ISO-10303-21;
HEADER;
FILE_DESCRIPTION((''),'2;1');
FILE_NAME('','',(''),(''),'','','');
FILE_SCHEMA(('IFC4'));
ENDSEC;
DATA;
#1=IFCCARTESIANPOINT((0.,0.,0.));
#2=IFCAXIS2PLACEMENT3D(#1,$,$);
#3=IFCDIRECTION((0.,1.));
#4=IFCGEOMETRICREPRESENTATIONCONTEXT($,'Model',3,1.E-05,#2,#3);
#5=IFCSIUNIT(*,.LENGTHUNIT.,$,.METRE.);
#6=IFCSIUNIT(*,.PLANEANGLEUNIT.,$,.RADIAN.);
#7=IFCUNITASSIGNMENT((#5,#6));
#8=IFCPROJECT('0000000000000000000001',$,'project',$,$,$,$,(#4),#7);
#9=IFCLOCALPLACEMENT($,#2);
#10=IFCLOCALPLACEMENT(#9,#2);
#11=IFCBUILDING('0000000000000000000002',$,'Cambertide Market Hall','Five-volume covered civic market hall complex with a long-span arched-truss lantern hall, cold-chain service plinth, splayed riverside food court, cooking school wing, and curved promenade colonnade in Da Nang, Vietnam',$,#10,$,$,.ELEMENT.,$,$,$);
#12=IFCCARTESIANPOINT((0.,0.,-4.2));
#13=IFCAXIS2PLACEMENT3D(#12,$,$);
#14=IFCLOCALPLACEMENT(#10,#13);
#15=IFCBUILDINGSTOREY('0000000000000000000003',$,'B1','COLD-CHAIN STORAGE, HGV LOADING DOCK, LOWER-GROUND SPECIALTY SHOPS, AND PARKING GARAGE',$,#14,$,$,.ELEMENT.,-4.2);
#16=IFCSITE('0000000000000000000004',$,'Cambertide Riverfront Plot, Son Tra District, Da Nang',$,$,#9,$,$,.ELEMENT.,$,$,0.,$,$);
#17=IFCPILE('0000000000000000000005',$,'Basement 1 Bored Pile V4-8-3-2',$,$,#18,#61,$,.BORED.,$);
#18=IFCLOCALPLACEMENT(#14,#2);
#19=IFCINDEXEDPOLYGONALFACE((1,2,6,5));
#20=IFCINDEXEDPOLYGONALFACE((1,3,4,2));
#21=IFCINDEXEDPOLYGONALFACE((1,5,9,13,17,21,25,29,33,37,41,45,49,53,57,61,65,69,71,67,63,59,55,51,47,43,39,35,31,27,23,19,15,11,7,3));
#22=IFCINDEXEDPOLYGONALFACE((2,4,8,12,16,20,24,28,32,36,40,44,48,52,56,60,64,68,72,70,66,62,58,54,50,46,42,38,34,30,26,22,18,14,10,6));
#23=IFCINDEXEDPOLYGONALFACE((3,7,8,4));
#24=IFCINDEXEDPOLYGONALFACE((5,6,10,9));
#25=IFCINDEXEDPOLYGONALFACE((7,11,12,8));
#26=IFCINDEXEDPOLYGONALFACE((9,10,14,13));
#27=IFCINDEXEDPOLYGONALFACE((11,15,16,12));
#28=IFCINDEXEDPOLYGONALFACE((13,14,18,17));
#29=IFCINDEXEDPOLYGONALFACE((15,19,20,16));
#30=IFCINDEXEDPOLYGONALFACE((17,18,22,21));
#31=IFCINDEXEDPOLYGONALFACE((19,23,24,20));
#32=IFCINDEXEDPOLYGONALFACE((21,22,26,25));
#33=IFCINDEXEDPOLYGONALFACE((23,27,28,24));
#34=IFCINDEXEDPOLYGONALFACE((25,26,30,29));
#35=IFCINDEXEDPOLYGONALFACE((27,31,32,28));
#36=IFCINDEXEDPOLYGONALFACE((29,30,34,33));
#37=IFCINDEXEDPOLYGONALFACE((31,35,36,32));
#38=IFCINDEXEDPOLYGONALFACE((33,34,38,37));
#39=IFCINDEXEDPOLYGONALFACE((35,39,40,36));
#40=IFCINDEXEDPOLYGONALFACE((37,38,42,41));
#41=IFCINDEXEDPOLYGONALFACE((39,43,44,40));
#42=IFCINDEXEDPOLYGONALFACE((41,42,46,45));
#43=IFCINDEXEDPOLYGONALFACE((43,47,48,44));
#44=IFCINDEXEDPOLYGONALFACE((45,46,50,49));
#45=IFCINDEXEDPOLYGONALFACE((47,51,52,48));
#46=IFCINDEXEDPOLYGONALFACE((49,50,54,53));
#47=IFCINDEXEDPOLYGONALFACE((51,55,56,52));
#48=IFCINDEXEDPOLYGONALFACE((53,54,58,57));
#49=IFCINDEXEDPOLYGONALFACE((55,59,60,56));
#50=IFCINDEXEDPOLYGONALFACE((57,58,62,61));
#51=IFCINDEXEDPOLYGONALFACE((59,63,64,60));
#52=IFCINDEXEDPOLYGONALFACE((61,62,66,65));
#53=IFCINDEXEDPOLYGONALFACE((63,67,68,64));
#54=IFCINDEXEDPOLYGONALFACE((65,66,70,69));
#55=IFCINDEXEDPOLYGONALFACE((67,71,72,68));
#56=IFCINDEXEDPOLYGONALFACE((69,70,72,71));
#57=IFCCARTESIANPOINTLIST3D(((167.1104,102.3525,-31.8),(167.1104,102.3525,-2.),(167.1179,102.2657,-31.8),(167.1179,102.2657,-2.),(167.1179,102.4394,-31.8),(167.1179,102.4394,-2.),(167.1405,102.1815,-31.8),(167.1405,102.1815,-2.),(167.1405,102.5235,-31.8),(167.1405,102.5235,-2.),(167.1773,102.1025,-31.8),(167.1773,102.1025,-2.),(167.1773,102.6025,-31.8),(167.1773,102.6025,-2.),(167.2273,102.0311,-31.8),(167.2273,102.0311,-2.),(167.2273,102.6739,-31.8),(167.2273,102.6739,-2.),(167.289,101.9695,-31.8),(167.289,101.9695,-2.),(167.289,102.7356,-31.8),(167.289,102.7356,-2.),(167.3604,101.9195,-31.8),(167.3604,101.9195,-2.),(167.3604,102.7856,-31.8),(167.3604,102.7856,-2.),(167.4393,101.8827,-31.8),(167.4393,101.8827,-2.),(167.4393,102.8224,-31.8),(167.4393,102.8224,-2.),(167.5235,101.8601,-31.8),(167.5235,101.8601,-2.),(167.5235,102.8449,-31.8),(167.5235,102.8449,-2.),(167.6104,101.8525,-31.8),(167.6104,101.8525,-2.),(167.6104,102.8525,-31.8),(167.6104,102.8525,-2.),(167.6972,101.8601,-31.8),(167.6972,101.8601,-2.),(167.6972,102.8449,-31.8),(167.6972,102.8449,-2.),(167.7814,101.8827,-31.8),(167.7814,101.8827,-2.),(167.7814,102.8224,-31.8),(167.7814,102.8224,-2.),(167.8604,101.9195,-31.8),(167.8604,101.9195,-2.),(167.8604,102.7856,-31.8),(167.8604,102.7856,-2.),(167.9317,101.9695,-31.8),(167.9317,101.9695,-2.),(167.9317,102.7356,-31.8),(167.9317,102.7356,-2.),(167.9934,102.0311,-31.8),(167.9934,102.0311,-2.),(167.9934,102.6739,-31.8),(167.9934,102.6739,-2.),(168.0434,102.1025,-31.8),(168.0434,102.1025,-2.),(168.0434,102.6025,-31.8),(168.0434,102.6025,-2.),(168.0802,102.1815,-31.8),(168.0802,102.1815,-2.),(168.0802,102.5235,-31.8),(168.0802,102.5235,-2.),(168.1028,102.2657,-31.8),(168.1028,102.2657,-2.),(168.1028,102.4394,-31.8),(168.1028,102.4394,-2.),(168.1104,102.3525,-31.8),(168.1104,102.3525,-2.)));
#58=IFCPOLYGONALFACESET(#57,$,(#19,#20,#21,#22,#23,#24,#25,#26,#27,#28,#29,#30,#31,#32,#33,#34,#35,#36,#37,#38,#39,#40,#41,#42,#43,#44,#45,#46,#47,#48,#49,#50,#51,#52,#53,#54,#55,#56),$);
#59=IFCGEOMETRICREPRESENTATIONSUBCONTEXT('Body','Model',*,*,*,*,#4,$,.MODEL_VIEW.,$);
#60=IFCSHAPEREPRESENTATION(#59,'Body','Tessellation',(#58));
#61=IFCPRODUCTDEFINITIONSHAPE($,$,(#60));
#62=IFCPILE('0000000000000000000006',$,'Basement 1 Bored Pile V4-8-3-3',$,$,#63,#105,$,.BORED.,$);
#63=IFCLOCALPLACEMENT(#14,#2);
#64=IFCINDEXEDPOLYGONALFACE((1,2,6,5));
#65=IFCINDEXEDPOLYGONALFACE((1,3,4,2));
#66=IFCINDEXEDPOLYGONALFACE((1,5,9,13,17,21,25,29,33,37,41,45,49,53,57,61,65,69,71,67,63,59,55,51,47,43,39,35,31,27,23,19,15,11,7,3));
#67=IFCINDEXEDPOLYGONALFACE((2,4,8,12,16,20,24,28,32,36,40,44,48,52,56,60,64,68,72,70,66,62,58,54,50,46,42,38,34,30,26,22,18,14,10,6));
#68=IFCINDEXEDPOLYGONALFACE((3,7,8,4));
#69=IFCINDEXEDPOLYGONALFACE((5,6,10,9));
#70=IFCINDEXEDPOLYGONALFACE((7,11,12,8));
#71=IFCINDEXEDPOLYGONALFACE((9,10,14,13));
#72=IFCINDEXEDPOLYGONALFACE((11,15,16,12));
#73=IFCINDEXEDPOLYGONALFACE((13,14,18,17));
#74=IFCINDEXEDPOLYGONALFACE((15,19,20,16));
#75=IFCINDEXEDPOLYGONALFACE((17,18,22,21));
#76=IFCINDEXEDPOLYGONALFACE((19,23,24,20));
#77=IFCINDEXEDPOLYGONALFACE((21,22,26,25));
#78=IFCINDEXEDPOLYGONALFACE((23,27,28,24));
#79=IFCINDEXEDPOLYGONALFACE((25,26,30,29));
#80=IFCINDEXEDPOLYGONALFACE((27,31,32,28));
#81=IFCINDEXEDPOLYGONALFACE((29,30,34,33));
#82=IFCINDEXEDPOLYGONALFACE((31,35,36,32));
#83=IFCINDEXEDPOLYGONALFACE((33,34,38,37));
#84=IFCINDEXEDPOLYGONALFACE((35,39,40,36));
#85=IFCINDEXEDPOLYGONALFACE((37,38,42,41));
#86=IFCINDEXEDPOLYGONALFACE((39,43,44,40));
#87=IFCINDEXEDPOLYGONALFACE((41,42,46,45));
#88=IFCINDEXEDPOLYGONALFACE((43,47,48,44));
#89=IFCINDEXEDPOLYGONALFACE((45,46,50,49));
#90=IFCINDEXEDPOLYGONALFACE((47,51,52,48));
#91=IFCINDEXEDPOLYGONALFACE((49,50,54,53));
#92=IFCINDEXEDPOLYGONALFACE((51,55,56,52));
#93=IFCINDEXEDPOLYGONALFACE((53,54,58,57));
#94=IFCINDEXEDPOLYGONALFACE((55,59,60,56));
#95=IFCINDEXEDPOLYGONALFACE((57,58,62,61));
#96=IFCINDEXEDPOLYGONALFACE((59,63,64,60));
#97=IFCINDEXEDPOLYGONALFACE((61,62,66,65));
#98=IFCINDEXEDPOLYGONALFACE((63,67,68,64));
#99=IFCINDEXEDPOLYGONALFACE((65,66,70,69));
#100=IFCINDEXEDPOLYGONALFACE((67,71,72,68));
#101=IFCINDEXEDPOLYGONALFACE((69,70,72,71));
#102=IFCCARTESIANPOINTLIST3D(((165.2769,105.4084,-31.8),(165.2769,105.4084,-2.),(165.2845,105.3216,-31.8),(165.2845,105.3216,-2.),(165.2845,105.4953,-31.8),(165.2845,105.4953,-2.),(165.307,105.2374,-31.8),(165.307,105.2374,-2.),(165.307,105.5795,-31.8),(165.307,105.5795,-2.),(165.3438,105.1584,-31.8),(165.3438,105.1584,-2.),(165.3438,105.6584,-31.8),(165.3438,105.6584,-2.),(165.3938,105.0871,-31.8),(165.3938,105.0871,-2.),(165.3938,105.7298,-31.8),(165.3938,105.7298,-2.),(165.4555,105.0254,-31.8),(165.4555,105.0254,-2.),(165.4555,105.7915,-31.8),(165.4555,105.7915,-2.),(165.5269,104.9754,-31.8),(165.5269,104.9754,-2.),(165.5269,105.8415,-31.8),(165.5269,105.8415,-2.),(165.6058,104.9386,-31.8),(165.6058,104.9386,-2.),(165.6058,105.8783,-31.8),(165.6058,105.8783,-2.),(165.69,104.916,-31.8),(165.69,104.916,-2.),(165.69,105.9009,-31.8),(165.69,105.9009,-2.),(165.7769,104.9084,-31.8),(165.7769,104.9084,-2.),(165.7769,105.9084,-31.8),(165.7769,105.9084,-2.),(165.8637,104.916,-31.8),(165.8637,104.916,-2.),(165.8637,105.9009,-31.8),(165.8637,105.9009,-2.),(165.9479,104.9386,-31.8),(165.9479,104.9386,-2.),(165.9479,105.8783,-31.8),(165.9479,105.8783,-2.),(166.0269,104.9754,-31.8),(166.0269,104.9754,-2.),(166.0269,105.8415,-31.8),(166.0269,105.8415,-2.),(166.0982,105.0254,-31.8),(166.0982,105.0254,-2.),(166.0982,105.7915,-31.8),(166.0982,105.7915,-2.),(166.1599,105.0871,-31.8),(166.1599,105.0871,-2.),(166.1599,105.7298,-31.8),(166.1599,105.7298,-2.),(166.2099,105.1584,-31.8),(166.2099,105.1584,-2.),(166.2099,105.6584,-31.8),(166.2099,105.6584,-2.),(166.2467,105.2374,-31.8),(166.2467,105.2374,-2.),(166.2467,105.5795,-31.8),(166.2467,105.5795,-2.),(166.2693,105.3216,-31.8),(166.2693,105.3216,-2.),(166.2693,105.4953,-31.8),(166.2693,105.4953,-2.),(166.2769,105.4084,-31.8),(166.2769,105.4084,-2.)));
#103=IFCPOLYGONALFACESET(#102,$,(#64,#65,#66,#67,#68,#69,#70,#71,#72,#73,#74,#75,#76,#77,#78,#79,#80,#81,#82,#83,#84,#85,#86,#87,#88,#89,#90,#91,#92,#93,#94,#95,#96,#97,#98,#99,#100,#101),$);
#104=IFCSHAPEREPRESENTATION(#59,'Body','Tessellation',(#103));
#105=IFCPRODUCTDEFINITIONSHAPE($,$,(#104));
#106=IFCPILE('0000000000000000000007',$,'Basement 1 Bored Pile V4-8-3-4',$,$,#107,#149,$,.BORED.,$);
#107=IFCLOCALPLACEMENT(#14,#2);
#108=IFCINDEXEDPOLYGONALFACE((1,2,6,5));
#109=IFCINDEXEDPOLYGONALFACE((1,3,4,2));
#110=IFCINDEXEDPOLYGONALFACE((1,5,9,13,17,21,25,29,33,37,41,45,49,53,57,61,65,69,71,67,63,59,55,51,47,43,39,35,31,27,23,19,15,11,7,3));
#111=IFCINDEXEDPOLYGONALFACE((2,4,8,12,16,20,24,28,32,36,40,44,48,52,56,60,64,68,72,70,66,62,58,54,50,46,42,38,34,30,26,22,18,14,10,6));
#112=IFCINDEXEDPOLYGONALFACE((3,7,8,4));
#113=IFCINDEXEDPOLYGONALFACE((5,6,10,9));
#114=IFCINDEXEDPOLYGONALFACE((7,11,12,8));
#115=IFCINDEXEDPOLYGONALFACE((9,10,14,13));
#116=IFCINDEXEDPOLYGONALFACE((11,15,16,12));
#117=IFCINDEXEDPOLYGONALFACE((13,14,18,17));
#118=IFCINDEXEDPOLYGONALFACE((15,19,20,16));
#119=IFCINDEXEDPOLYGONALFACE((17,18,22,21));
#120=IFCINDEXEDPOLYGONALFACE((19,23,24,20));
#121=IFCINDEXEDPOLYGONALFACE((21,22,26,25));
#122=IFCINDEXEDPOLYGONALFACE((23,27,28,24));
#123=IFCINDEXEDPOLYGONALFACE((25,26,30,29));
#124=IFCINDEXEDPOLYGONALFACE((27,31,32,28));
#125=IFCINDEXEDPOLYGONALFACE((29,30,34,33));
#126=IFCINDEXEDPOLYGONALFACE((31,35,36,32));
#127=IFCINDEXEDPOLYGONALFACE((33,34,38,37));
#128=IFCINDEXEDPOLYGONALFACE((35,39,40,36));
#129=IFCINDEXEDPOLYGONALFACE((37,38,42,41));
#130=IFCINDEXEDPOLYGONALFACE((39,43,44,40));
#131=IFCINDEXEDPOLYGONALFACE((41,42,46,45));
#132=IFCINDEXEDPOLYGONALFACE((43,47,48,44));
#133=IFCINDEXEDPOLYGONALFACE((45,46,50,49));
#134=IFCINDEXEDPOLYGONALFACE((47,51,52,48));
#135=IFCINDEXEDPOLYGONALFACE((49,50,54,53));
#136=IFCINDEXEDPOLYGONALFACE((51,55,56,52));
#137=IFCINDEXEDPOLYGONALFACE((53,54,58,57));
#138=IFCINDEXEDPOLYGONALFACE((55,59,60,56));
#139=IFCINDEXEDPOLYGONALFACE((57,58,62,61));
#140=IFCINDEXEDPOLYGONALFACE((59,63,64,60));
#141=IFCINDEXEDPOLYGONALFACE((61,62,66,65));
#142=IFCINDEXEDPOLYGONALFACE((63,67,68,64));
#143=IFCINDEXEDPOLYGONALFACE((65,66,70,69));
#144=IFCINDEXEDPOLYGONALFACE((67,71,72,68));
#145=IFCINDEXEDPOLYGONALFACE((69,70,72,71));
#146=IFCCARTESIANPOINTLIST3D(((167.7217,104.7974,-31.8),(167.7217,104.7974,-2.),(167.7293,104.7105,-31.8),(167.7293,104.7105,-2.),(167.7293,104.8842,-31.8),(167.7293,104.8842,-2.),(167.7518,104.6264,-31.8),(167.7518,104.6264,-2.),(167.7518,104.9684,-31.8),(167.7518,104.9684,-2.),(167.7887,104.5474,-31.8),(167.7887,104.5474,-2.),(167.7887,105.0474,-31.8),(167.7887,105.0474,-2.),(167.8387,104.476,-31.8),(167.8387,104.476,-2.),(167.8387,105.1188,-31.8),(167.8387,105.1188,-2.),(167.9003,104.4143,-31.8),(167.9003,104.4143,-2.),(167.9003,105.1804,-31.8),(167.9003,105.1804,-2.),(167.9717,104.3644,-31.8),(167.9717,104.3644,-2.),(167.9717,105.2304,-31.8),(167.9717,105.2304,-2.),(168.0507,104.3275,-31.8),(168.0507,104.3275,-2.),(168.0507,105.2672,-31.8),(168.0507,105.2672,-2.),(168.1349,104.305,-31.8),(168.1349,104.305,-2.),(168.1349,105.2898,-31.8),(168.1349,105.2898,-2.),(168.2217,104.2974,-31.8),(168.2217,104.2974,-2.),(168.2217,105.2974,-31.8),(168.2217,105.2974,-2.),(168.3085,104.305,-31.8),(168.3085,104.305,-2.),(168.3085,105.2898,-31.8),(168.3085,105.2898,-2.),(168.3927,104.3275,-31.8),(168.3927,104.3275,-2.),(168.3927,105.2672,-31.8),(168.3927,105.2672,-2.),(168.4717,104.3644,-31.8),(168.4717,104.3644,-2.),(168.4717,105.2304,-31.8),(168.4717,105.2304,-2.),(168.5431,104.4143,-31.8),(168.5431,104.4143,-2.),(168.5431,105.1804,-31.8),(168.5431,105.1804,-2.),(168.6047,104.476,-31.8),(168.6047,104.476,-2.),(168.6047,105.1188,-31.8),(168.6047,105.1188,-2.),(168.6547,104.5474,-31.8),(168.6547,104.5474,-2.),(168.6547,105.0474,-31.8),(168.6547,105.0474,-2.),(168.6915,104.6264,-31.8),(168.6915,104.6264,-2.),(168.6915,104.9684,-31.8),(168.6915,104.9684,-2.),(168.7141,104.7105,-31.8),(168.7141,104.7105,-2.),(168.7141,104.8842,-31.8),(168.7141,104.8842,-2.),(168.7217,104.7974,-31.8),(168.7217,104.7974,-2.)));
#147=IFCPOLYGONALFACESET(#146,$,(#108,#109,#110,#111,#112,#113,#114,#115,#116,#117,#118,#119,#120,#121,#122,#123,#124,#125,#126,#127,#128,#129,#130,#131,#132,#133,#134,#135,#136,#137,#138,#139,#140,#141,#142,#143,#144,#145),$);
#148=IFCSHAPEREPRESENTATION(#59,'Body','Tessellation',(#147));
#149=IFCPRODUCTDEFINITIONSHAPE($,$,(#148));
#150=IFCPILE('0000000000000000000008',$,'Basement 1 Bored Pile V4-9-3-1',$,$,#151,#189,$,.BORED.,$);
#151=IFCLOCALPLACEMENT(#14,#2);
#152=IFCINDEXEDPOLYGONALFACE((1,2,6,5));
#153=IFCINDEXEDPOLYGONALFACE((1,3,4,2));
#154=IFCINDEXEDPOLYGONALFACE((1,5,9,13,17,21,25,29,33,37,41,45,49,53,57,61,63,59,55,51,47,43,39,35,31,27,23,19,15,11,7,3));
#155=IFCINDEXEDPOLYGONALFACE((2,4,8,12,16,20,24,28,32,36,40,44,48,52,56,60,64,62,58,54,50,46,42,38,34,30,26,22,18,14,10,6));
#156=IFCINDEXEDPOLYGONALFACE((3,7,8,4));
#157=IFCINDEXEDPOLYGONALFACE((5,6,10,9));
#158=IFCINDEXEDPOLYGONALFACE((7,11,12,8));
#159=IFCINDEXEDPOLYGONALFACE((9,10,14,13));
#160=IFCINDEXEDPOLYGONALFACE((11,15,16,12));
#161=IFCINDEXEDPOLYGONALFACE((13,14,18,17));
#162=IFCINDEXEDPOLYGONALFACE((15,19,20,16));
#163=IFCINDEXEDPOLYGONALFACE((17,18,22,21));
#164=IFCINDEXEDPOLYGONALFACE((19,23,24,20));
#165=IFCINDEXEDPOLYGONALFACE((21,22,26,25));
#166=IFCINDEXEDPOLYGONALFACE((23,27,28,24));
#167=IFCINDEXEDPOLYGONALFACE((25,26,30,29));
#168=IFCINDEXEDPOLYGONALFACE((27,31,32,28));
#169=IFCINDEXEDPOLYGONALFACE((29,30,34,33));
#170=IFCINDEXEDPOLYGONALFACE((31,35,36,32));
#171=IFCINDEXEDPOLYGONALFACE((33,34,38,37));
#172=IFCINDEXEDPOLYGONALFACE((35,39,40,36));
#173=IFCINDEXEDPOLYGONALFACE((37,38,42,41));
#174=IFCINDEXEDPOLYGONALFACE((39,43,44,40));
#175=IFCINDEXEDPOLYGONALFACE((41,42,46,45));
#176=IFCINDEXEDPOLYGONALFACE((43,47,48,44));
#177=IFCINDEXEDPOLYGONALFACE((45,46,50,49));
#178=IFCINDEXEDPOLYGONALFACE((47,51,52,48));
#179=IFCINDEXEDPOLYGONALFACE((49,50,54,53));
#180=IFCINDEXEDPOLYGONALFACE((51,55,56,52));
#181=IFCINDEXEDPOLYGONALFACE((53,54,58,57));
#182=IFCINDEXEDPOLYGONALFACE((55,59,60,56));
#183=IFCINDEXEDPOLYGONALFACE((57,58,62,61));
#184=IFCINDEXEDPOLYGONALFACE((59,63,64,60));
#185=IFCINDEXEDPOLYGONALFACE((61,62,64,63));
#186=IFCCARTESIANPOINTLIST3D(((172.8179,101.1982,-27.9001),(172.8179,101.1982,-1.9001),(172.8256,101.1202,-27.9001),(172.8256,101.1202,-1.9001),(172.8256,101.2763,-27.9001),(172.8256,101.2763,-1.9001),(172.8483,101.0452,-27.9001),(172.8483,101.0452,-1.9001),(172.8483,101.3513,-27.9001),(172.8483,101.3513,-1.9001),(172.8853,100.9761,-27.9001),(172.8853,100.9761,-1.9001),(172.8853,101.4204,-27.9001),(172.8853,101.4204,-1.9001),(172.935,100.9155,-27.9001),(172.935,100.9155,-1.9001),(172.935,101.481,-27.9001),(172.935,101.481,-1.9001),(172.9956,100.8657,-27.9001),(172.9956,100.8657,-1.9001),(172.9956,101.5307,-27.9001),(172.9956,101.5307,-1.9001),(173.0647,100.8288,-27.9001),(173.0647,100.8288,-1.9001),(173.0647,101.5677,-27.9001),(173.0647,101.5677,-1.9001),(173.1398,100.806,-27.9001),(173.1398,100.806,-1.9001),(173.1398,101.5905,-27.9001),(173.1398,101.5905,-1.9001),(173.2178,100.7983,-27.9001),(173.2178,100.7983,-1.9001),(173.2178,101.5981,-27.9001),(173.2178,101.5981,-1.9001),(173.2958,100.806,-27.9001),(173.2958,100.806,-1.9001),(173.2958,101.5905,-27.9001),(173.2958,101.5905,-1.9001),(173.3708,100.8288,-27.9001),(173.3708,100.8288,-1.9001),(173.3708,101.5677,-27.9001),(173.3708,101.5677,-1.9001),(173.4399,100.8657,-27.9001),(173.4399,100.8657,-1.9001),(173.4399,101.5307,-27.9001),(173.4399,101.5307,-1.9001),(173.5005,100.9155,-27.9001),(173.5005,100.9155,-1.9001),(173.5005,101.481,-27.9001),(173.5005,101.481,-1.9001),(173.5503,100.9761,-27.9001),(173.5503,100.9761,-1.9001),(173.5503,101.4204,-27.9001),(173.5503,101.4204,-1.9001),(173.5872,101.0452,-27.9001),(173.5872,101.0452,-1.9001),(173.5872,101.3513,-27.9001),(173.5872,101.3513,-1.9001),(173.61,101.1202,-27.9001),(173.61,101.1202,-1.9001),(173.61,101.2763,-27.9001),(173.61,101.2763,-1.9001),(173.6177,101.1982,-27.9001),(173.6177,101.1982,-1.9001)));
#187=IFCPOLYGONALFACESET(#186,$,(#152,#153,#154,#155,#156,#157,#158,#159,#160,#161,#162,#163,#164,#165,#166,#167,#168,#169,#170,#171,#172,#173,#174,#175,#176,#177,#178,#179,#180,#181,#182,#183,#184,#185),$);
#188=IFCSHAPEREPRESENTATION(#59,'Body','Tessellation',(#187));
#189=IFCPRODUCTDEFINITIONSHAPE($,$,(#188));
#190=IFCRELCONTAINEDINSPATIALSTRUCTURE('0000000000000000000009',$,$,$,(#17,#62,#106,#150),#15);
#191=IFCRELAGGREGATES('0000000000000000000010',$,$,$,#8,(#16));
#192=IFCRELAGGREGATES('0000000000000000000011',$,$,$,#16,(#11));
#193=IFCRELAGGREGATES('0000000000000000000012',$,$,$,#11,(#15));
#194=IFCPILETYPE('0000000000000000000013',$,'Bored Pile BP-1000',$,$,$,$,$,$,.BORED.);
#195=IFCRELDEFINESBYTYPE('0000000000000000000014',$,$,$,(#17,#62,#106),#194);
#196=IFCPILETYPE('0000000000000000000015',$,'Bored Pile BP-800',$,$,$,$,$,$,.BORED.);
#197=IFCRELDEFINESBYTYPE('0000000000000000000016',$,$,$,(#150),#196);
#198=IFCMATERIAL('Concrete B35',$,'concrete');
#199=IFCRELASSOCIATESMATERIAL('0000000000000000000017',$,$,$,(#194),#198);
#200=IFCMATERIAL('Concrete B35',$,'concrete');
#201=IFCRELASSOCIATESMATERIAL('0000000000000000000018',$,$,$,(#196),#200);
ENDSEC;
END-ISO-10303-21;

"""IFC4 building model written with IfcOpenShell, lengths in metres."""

from ifc_helpers import new_model, si_unit, direction, frame, origin, origin_2d, place, context, subcontext, project, spatial, circle, extrude, material, material_profile, profile_set, type_object, element, save


model = new_model("IFC4")

# Units and contexts
model_context = context("Model", 3, precision=1e-05, world=origin(), true_north=direction((0.0, 1.0)))
body_context = subcontext(model_context, "Body", "Model", "MODEL_VIEW")
ifc_project = project(units=[si_unit("LENGTHUNIT", "METRE"), si_unit("PLANEANGLEUNIT", "RADIAN")], contexts=[model_context])

# Site, building, storey
site_placement = place(None, origin())
site = spatial("IfcSite", under=ifc_project, at=site_placement, Name="Cambertide Riverfront Plot, Son Tra District, Da Nang", CompositionType="ELEMENT", RefElevation=0.0)
building_placement = place(site_placement, origin())
building = spatial("IfcBuilding", under=site, at=building_placement, Name="Cambertide Market Hall", Description="Five-volume covered civic market hall complex with a long-span arched-truss lantern hall, cold-chain service plinth, splayed riverside food court, cooking school wing, and curved promenade colonnade in Da Nang, Vietnam", CompositionType="ELEMENT")
storey_placement = place(building_placement, frame((0.0, 0.0, -4.2)))
storey = spatial("IfcBuildingStorey", under=building, at=storey_placement, Name="B1", Description="COLD-CHAIN STORAGE, HGV LOADING DOCK, LOWER-GROUND SPECIALTY SHOPS, AND PARKING GARAGE", CompositionType="ELEMENT", Elevation=-4.2)

# Piles
ifc_material_1 = material(Name="Concrete B35", Category="concrete")
ifc_material_profile_1 = material_profile(ifc_material_1, circle(Radius=0.5, at=origin_2d()), Name="BP D1000")
ifc_profile_set_1 = profile_set([ifc_material_profile_1], Name="Concrete B35")
pile_type_1 = type_object("IfcPileType", Name="Bored Pile BP-1000", PredefinedType="BORED", material=ifc_profile_set_1)
for number, where, z_axis, x_axis, name in (
    (1, (167.6104, 102.3525, -2.0), (0.0, 0.0, -1.0), (1.0, 0.0, 0.0), "Basement 1 Bored Pile V4-8-3-2"),
    (2, (165.7769, 105.4084, -2.0), (0.0, 0.0, -1.0), (1.0, 0.0, 0.0), "Basement 1 Bored Pile V4-8-3-3"),
    (3, (168.2217, 104.7974, -2.0), (0.0, 0.0, -1.0), (1.0, 0.0, 0.0), "Basement 1 Bored Pile V4-8-3-4"),
):
    element("IfcPile", number, at=place(storey_placement, frame(where, z_axis=z_axis, x_axis=x_axis)), inside=storey, type_object=pile_type_1, Name=name, PredefinedType="BORED", context=body_context, shape_type="SweptSolid", body=[
        extrude(circle(Radius=0.5, at=origin_2d()), origin(), (0.0, 0.0, 1.0), 29.8),
    ])
ifc_material_2 = material(Name="Concrete B35", Category="concrete")
ifc_material_profile_2 = material_profile(ifc_material_2, circle(Radius=0.3999, at=origin_2d()), Name="BP D800")
ifc_profile_set_2 = profile_set([ifc_material_profile_2], Name="Concrete B35")
pile_type_2 = type_object("IfcPileType", Name="Bored Pile BP-800", PredefinedType="BORED", material=ifc_profile_set_2)
for number, where, z_axis, x_axis, name in (
    (4, (173.2178, 101.1982, -1.9001), (0.0, 0.0, -1.0), (1.0, 0.0, 0.0), "Basement 1 Bored Pile V4-9-3-1"),
):
    element("IfcPile", number, at=place(storey_placement, frame(where, z_axis=z_axis, x_axis=x_axis)), inside=storey, type_object=pile_type_2, Name=name, PredefinedType="BORED", context=body_context, shape_type="SweptSolid", body=[
        extrude(circle(Radius=0.3999, at=origin_2d()), origin(), (0.0, 0.0, 1.0), 26.0),
    ])

save(model, "model.ifc")
